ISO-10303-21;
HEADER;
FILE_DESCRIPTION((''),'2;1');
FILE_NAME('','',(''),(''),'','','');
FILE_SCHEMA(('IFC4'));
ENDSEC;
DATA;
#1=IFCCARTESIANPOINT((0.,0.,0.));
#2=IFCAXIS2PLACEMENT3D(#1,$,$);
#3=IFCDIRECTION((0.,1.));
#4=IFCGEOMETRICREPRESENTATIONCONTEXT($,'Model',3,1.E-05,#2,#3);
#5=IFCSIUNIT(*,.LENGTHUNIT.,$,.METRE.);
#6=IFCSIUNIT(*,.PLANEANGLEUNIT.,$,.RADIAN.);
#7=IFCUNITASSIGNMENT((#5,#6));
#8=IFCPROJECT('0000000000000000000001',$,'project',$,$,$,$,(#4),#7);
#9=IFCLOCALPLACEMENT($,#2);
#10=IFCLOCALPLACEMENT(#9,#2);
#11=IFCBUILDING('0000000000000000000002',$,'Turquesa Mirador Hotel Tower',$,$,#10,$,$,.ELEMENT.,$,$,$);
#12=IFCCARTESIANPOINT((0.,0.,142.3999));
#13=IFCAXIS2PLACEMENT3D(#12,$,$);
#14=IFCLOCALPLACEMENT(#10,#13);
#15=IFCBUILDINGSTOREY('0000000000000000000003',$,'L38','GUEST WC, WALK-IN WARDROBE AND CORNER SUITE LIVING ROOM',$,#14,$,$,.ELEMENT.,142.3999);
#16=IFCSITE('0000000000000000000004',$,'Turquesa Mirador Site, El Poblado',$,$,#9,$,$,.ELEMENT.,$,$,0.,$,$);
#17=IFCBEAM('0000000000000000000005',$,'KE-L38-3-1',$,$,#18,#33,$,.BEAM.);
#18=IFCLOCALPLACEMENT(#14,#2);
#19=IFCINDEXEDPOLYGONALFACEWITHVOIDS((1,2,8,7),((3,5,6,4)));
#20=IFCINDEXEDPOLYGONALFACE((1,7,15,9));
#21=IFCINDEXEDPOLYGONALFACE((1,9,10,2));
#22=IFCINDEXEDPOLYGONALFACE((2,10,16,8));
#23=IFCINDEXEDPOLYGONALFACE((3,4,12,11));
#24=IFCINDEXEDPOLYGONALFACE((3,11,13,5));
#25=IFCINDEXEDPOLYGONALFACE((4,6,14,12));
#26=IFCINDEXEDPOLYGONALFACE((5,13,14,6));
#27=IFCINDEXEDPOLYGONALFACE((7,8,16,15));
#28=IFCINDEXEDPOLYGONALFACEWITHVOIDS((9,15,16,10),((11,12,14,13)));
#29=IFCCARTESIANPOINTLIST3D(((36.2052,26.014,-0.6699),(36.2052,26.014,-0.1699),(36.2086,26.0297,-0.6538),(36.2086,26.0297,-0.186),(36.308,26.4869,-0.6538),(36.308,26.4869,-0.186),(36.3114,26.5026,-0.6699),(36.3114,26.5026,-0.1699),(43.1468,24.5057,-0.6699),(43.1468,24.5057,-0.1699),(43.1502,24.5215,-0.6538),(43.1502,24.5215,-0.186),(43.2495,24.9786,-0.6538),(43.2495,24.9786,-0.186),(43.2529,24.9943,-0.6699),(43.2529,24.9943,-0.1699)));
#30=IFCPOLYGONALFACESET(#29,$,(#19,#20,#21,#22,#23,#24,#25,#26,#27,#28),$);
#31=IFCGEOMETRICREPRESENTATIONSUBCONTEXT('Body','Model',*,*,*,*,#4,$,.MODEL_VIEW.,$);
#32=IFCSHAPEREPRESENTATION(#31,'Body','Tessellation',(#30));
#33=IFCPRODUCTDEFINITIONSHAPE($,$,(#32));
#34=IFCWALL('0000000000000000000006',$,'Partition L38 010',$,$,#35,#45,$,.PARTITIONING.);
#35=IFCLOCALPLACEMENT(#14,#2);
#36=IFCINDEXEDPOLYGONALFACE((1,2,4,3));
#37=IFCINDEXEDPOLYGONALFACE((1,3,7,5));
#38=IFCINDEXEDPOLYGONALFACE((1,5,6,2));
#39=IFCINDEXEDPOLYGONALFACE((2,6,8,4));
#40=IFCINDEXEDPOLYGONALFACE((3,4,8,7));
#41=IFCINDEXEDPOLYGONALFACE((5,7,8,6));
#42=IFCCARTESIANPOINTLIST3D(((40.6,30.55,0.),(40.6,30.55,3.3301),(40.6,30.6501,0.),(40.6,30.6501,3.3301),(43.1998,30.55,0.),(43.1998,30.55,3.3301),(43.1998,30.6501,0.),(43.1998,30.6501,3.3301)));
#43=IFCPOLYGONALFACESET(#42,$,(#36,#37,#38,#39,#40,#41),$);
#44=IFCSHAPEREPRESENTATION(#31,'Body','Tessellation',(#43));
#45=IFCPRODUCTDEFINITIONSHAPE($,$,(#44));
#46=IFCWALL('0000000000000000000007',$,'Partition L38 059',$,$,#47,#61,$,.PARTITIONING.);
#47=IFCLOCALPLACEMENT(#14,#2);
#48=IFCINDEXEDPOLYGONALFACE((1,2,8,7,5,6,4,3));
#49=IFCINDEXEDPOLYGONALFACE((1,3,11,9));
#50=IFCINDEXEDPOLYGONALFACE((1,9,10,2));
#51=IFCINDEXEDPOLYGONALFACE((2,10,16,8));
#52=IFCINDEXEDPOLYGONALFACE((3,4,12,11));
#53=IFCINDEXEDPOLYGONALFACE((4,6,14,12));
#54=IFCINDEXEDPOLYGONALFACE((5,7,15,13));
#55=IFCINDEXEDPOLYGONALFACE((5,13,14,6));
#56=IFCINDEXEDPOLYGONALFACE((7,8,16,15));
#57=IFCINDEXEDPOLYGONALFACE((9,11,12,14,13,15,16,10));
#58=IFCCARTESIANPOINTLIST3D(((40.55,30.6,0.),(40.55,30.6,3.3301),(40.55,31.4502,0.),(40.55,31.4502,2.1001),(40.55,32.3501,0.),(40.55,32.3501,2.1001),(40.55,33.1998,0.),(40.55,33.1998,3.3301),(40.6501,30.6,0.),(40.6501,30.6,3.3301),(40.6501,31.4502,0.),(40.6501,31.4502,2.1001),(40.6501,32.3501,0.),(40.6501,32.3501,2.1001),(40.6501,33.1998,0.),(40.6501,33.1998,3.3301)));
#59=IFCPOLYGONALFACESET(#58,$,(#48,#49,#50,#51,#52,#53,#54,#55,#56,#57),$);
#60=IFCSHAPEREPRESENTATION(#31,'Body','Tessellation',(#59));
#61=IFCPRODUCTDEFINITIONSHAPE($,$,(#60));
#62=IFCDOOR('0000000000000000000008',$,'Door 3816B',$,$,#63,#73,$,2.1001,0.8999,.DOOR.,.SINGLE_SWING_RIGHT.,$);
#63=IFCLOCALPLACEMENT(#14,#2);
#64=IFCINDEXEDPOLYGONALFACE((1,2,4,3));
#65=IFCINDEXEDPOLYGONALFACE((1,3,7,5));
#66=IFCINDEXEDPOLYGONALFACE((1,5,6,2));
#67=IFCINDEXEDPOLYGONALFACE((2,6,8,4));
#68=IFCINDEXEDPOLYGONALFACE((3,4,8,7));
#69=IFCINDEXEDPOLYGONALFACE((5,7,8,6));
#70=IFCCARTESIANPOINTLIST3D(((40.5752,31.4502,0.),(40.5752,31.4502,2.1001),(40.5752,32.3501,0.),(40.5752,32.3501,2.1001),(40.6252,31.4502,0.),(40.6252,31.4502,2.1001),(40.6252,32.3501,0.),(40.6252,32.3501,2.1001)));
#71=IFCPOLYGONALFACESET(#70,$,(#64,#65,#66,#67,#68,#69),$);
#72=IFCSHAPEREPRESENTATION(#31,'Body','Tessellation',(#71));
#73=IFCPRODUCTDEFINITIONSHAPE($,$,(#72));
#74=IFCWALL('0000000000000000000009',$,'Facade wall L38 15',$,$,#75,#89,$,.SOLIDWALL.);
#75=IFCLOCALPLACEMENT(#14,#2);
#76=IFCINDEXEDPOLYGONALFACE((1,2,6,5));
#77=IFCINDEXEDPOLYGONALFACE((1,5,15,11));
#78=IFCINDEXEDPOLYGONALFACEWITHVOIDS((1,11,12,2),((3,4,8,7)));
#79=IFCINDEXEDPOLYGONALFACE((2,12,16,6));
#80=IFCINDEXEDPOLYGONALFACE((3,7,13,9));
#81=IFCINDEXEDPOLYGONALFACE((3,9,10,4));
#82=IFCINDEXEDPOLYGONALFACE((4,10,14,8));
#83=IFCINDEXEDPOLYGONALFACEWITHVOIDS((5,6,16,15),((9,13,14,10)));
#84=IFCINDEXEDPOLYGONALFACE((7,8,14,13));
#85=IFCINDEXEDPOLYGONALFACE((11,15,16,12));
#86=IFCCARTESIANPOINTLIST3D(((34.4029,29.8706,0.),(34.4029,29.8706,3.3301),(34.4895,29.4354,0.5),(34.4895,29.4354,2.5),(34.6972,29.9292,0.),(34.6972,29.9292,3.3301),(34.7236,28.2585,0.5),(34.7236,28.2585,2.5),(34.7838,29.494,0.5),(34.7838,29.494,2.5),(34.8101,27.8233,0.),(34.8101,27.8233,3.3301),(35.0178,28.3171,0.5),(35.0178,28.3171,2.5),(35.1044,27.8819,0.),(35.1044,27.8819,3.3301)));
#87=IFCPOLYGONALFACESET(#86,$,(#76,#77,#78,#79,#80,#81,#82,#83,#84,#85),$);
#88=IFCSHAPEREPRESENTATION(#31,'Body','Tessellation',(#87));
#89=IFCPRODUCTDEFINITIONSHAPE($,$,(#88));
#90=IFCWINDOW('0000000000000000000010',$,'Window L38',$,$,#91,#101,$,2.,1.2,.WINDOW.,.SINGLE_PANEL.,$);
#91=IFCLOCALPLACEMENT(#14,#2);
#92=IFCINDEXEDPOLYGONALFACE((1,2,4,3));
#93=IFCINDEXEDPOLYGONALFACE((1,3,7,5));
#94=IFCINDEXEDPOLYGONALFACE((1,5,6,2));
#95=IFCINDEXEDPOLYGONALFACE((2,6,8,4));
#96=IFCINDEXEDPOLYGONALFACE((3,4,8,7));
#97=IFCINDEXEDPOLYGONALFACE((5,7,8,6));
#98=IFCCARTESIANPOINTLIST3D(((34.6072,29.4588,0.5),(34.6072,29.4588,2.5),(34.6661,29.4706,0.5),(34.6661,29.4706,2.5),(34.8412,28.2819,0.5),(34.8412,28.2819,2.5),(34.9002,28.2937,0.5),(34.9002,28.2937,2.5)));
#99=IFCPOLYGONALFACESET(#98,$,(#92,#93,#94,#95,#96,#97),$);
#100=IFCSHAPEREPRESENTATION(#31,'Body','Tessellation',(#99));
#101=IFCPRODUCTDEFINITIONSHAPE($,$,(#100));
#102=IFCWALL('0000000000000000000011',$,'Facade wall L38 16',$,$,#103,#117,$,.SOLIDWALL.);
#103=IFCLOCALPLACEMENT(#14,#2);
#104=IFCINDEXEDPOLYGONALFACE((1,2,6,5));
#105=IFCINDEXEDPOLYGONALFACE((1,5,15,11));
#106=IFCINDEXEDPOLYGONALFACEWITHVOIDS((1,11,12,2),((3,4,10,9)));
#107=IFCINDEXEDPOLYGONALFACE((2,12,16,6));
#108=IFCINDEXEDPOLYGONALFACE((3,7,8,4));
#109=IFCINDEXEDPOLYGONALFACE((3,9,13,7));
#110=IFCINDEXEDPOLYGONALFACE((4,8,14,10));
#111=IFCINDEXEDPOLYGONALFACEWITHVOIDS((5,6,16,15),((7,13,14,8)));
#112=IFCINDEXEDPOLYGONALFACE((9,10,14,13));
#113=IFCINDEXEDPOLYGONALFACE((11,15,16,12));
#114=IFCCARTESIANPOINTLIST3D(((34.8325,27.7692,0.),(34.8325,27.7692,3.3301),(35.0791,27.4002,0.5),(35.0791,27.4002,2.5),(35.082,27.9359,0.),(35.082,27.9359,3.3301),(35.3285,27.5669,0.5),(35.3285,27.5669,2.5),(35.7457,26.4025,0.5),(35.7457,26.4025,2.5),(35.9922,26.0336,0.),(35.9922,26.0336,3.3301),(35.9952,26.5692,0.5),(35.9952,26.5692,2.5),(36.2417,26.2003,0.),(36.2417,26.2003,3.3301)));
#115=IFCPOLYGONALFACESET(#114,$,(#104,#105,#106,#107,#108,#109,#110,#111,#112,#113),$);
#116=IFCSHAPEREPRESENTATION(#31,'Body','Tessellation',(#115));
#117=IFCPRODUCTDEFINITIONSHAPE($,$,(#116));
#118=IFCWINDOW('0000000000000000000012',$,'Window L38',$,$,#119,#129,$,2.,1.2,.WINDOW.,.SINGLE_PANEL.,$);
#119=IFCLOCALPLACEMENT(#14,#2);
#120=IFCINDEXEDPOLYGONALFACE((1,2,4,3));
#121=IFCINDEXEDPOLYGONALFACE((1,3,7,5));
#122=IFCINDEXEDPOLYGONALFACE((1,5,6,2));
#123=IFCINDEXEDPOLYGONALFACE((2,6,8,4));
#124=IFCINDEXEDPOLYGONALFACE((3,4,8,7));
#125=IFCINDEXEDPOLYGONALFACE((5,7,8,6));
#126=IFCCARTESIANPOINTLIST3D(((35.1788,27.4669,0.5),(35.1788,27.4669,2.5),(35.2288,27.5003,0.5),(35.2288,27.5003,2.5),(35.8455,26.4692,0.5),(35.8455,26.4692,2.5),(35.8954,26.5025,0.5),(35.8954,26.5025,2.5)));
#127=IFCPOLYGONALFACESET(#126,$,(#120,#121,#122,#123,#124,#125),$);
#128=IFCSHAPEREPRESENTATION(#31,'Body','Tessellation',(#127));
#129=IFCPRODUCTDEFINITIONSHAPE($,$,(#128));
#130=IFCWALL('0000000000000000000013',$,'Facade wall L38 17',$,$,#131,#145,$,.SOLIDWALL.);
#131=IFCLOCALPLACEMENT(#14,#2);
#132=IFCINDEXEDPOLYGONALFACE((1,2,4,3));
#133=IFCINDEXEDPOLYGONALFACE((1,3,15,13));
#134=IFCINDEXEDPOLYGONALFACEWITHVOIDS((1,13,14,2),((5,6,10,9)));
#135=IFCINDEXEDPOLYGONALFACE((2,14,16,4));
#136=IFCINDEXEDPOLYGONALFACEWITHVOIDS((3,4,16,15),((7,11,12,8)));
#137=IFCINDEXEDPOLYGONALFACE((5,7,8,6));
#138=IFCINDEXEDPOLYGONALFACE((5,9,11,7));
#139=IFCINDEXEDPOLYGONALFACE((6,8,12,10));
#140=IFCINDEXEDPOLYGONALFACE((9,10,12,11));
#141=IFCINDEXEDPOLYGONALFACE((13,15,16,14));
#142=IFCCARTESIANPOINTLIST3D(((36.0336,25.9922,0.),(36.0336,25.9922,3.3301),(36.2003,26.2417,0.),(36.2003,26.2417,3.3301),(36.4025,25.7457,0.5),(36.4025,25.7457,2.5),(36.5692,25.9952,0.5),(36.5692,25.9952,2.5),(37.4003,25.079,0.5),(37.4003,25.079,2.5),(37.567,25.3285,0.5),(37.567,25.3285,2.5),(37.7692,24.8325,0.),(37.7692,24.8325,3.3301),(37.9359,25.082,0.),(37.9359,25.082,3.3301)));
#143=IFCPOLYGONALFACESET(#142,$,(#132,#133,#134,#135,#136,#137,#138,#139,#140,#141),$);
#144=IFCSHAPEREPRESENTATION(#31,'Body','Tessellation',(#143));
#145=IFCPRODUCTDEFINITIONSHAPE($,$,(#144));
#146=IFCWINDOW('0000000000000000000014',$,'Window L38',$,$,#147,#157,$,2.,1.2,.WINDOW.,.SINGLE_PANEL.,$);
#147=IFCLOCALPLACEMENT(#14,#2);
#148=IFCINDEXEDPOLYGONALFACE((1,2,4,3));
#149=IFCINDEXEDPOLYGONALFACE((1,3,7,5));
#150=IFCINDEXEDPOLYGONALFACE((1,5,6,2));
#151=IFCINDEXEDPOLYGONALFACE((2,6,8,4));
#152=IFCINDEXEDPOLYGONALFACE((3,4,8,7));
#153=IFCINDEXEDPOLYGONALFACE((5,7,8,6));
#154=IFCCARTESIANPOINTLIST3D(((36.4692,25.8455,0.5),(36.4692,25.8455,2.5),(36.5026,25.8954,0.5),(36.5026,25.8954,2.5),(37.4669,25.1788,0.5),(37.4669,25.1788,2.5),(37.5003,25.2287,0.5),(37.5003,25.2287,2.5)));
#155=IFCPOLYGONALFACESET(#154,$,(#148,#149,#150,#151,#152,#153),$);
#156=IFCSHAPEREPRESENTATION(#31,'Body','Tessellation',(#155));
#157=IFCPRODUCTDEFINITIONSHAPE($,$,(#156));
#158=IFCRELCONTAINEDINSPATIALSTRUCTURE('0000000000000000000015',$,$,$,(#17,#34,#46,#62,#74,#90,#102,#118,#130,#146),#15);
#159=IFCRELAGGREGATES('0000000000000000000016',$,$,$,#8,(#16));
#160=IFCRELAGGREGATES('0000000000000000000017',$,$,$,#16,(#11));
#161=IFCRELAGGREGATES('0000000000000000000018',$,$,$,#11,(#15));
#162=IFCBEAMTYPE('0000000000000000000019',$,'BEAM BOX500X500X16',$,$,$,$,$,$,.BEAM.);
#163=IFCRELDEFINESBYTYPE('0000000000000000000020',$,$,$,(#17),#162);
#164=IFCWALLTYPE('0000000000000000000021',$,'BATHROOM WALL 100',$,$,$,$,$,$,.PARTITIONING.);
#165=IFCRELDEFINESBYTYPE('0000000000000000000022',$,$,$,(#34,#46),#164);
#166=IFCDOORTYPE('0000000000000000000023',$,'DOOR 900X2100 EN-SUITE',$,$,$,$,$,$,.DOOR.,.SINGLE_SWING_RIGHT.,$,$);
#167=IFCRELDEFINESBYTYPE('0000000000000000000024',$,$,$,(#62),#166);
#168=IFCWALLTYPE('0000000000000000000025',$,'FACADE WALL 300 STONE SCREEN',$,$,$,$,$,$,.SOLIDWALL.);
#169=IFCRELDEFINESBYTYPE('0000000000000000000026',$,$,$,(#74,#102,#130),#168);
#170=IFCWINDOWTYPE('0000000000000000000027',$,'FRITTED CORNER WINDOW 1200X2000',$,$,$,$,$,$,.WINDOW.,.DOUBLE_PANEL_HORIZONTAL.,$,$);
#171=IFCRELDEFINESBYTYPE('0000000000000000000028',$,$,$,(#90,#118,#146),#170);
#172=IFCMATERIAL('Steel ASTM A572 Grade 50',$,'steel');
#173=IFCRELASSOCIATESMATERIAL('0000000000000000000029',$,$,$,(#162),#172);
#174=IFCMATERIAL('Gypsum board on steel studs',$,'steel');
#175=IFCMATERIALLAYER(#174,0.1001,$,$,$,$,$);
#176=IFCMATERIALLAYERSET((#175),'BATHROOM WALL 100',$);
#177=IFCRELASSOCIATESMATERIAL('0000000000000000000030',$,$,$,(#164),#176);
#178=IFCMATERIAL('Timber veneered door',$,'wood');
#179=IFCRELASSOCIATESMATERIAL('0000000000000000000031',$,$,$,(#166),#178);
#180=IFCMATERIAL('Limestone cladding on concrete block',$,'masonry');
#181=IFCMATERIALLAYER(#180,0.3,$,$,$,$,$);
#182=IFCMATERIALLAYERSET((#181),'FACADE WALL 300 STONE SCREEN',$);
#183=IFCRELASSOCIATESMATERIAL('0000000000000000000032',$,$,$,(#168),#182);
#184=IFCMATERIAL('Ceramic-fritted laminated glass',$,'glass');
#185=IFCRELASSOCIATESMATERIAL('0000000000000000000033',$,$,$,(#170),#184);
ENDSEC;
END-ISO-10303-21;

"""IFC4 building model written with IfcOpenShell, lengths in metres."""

from ifc_helpers import new_model, si_unit, direction, frame, frame_2d, origin, origin_2d, place, context, subcontext, project, spatial, rectangle, hollow_rectangle, extrude, material, layer, layer_set, material_profile, profile_set, type_object, element, fill, save


model = new_model("IFC4")

# Units and contexts
model_context = context("Model", 3, precision=1e-05, world=origin(), true_north=direction((0.0, 1.0)))
body_context = subcontext(model_context, "Body", "Model", "MODEL_VIEW")
ifc_project = project(units=[si_unit("LENGTHUNIT", "METRE"), si_unit("PLANEANGLEUNIT", "RADIAN")], contexts=[model_context])

# Site, building, storey
site_placement = place(None, origin())
site = spatial("IfcSite", under=ifc_project, at=site_placement, Name="Turquesa Mirador Site, El Poblado", CompositionType="ELEMENT", RefElevation=0.0)
building_placement = place(site_placement, origin())
building = spatial("IfcBuilding", under=site, at=building_placement, Name="Turquesa Mirador Hotel Tower", CompositionType="ELEMENT")
storey_placement = place(building_placement, frame((0.0, 0.0, 142.3999)))
storey = spatial("IfcBuildingStorey", under=building, at=storey_placement, Name="L38", Description="GUEST WC, WALK-IN WARDROBE AND CORNER SUITE LIVING ROOM", CompositionType="ELEMENT", Elevation=142.3999)

# Beam
ifc_material_1 = material(Name="Steel ASTM A572 Grade 50", Category="steel")
ifc_material_profile = material_profile(ifc_material_1, hollow_rectangle(XDim=0.5, YDim=0.5, WallThickness=0.0161, at=origin_2d()), Name="BOX500X500X16")
ifc_profile_set = profile_set([ifc_material_profile], Name="Steel ASTM A572 Grade 50")
beam_type = type_object("IfcBeamType", Name="BEAM BOX500X500X16", PredefinedType="BEAM", material=ifc_profile_set)
beam_placement = place(storey_placement, frame((36.2583, 26.2583, -0.4199), z_axis=(0.977198, -0.212328, 0.0), x_axis=(0.212328, 0.977198, 0.0)))
element("IfcBeam", 1, at=beam_placement, inside=storey, type_object=beam_type, Name="KE-L38-3-1", PredefinedType="BEAM", context=body_context, shape_type="SweptSolid", body=[
    extrude(hollow_rectangle(XDim=0.5, YDim=0.5, WallThickness=0.0161, at=origin_2d()), origin(), (0.0, 0.0, 1.0), 7.1035),
])

# Wall
ifc_material_2 = material(Name="Gypsum board on steel studs", Category="steel")
ifc_layer_1 = layer(ifc_material_2, 0.1001)
ifc_layer_set_1 = layer_set([ifc_layer_1], Name="BATHROOM WALL 100")
wall_type_1 = type_object("IfcWallType", Name="BATHROOM WALL 100", PredefinedType="PARTITIONING", material=ifc_layer_set_1)
wall_1_placement = place(storey_placement, frame((40.6001, 30.6001, 0.0), z_axis=(0.0, 0.0, 1.0), x_axis=(1.0, 0.0, 0.0)))
element("IfcWall", 2, at=wall_1_placement, inside=storey, type_object=wall_type_1, Name="Partition L38 010", PredefinedType="PARTITIONING", context=body_context, shape_type="SweptSolid", body=[
    extrude(rectangle(XDim=2.5999, YDim=0.1001, at=frame_2d((1.2998, 0.0))), origin(), (0.0, 0.0, 1.0), 3.3301),
])

# Wall, opening, door
wall_2_placement = place(storey_placement, frame((40.6001, 30.6001, 0.0), z_axis=(0.0, 0.0, 1.0), x_axis=(0.0, 1.0, 0.0)))
wall_2 = element("IfcWall", 3, at=wall_2_placement, inside=storey, type_object=wall_type_1, Name="Partition L38 059", PredefinedType="PARTITIONING", context=body_context, shape_type="SweptSolid", body=[
    extrude(rectangle(XDim=2.5999, YDim=0.1001, at=frame_2d((1.2998, 0.0))), origin(), (0.0, 0.0, 1.0), 3.3301),
])
opening_1_placement = place(wall_2_placement, frame((0.8501, 0.0, 0.0)))
opening_1 = element("IfcOpeningElement", 4, at=opening_1_placement, cuts=wall_2, PredefinedType="OPENING", context=body_context, shape_type="SweptSolid", body=[
    extrude(rectangle(XDim=0.8999, YDim=2.1001, at=frame_2d((0.45, 1.05))), frame((0.0, 0.0601, 0.0), z_axis=(0.0, -1.0, 0.0), x_axis=(1.0, 0.0, 0.0)), (0.0, 0.0, 1.0), 0.1201),
])
ifc_material_3 = material(Name="Timber veneered door", Category="wood")
door_type_1 = type_object("IfcDoorType", Name="DOOR 900X2100 EN-SUITE", OperationType="SINGLE_SWING_RIGHT", PredefinedType="DOOR", material=ifc_material_3)
door_1_placement = place(opening_1_placement, origin())
door_1 = element("IfcDoor", 5, at=door_1_placement, inside=storey, type_object=door_type_1, Name="Door 3816B", OperationType="SINGLE_SWING_RIGHT", OverallHeight=2.1001, OverallWidth=0.8999, PredefinedType="DOOR", context=body_context, shape_type="SweptSolid", body=[
    extrude(rectangle(XDim=0.8999, YDim=2.1001, at=frame_2d((0.45, 1.05))), frame((0.0, 0.0249, 0.0), z_axis=(0.0, -1.0, 0.0), x_axis=(1.0, 0.0, 0.0)), (0.0, 0.0, 1.0), 0.05),
])
fill(opening_1, door_1)

# Walls, openings, windows
ifc_material_4 = material(Name="Limestone cladding on concrete block", Category="masonry")
ifc_layer_2 = layer(ifc_material_4, 0.3)
ifc_layer_set_2 = layer_set([ifc_layer_2], Name="FACADE WALL 300 STONE SCREEN")
wall_type_2 = type_object("IfcWallType", Name="FACADE WALL 300 STONE SCREEN", PredefinedType="SOLIDWALL", material=ifc_layer_set_2)
wall_3_placement = place(storey_placement, frame((34.55, 29.8999, 0.0), z_axis=(0.0, 0.0, 1.0), x_axis=(0.195081, -0.980787, 0.0)))
wall_3 = element("IfcWall", 6, at=wall_3_placement, inside=storey, type_object=wall_type_2, Name="Facade wall L38 15", PredefinedType="SOLIDWALL", context=body_context, shape_type="SweptSolid", body=[
    extrude(rectangle(XDim=2.0874, YDim=0.3, at=frame_2d((1.0437, 0.0))), origin(), (0.0, 0.0, 1.0), 3.3301),
])
opening_2_placement = place(wall_3_placement, frame((0.4436, 0.0, 0.5)))
opening_2 = element("IfcOpeningElement", 7, at=opening_2_placement, cuts=wall_3, PredefinedType="OPENING", context=body_context, shape_type="SweptSolid", body=[
    extrude(rectangle(XDim=1.2, YDim=2.0, at=frame_2d((0.6001, 1.0))), frame((0.0, 0.1599, 0.0), z_axis=(0.0, -1.0, 0.0), x_axis=(1.0, 0.0, 0.0)), (0.0, 0.0, 1.0), 0.3201),
])
ifc_material_5 = material(Name="Ceramic-fritted laminated glass", Category="glass")
window_type_1 = type_object("IfcWindowType", Name="FRITTED CORNER WINDOW 1200X2000", PartitioningType="DOUBLE_PANEL_HORIZONTAL", PredefinedType="WINDOW", material=ifc_material_5)
window_1_placement = place(opening_2_placement, origin())
window_1 = element("IfcWindow", 8, at=window_1_placement, inside=storey, type_object=window_type_1, Name="Window L38", OverallHeight=2.0, OverallWidth=1.2, PartitioningType="SINGLE_PANEL", PredefinedType="WINDOW", context=body_context, shape_type="SweptSolid", body=[
    extrude(rectangle(XDim=1.2, YDim=2.0, at=frame_2d((0.6001, 1.0))), frame((0.0, 0.03, 0.0), z_axis=(0.0, -1.0, 0.0), x_axis=(1.0, 0.0, 0.0)), (0.0, 0.0, 1.0), 0.0601),
])
fill(opening_2, window_1)
wall_4_placement = place(storey_placement, frame((34.9573, 27.8525, 0.0), z_axis=(0.0, 0.0, 1.0), x_axis=(0.555564, -0.831474, 0.0)))
wall_4 = element("IfcWall", 9, at=wall_4_placement, inside=storey, type_object=wall_type_2, Name="Facade wall L38 16", PredefinedType="SOLIDWALL", context=body_context, shape_type="SweptSolid", body=[
    extrude(rectangle(XDim=2.0874, YDim=0.3, at=frame_2d((1.0437, 0.0))), origin(), (0.0, 0.0, 1.0), 3.3301),
])
opening_3_placement = place(wall_4_placement, frame((0.4436, 0.0, 0.5)))
opening_3 = element("IfcOpeningElement", 10, at=opening_3_placement, cuts=wall_4, PredefinedType="OPENING", context=body_context, shape_type="SweptSolid", body=[
    extrude(rectangle(XDim=1.2, YDim=2.0, at=frame_2d((0.6001, 1.0))), frame((0.0, 0.1599, 0.0), z_axis=(0.0, -1.0, 0.0), x_axis=(1.0, 0.0, 0.0)), (0.0, 0.0, 1.0), 0.3201),
])
window_2_placement = place(opening_3_placement, origin())
window_2 = element("IfcWindow", 11, at=window_2_placement, inside=storey, type_object=window_type_1, Name="Window L38", OverallHeight=2.0, OverallWidth=1.2, PartitioningType="SINGLE_PANEL", PredefinedType="WINDOW", context=body_context, shape_type="SweptSolid", body=[
    extrude(rectangle(XDim=1.2, YDim=2.0, at=frame_2d((0.6001, 1.0))), frame((0.0, 0.03, 0.0), z_axis=(0.0, -1.0, 0.0), x_axis=(1.0, 0.0, 0.0)), (0.0, 0.0, 1.0), 0.0601),
])
fill(opening_3, window_2)
wall_5_placement = place(storey_placement, frame((36.1169, 26.1169, 0.0), z_axis=(0.0, 0.0, 1.0), x_axis=(0.831474, -0.555564, 0.0)))
wall_5 = element("IfcWall", 12, at=wall_5_placement, inside=storey, type_object=wall_type_2, Name="Facade wall L38 17", PredefinedType="SOLIDWALL", context=body_context, shape_type="SweptSolid", body=[
    extrude(rectangle(XDim=2.0874, YDim=0.3, at=frame_2d((1.0437, 0.0))), origin(), (0.0, 0.0, 1.0), 3.3301),
])
opening_4_placement = place(wall_5_placement, frame((0.4436, 0.0, 0.5)))
opening_4 = element("IfcOpeningElement", 13, at=opening_4_placement, cuts=wall_5, PredefinedType="OPENING", context=body_context, shape_type="SweptSolid", body=[
    extrude(rectangle(XDim=1.2, YDim=2.0, at=frame_2d((0.6001, 1.0))), frame((0.0, 0.1599, 0.0), z_axis=(0.0, -1.0, 0.0), x_axis=(1.0, 0.0, 0.0)), (0.0, 0.0, 1.0), 0.3201),
])
window_3_placement = place(opening_4_placement, origin())
window_3 = element("IfcWindow", 14, at=window_3_placement, inside=storey, type_object=window_type_1, Name="Window L38", OverallHeight=2.0, OverallWidth=1.2, PartitioningType="SINGLE_PANEL", PredefinedType="WINDOW", context=body_context, shape_type="SweptSolid", body=[
    extrude(rectangle(XDim=1.2, YDim=2.0, at=frame_2d((0.6001, 1.0))), frame((0.0, 0.03, 0.0), z_axis=(0.0, -1.0, 0.0), x_axis=(1.0, 0.0, 0.0)), (0.0, 0.0, 1.0), 0.0601),
])
fill(opening_4, window_3)

save(model, "model.ifc")
